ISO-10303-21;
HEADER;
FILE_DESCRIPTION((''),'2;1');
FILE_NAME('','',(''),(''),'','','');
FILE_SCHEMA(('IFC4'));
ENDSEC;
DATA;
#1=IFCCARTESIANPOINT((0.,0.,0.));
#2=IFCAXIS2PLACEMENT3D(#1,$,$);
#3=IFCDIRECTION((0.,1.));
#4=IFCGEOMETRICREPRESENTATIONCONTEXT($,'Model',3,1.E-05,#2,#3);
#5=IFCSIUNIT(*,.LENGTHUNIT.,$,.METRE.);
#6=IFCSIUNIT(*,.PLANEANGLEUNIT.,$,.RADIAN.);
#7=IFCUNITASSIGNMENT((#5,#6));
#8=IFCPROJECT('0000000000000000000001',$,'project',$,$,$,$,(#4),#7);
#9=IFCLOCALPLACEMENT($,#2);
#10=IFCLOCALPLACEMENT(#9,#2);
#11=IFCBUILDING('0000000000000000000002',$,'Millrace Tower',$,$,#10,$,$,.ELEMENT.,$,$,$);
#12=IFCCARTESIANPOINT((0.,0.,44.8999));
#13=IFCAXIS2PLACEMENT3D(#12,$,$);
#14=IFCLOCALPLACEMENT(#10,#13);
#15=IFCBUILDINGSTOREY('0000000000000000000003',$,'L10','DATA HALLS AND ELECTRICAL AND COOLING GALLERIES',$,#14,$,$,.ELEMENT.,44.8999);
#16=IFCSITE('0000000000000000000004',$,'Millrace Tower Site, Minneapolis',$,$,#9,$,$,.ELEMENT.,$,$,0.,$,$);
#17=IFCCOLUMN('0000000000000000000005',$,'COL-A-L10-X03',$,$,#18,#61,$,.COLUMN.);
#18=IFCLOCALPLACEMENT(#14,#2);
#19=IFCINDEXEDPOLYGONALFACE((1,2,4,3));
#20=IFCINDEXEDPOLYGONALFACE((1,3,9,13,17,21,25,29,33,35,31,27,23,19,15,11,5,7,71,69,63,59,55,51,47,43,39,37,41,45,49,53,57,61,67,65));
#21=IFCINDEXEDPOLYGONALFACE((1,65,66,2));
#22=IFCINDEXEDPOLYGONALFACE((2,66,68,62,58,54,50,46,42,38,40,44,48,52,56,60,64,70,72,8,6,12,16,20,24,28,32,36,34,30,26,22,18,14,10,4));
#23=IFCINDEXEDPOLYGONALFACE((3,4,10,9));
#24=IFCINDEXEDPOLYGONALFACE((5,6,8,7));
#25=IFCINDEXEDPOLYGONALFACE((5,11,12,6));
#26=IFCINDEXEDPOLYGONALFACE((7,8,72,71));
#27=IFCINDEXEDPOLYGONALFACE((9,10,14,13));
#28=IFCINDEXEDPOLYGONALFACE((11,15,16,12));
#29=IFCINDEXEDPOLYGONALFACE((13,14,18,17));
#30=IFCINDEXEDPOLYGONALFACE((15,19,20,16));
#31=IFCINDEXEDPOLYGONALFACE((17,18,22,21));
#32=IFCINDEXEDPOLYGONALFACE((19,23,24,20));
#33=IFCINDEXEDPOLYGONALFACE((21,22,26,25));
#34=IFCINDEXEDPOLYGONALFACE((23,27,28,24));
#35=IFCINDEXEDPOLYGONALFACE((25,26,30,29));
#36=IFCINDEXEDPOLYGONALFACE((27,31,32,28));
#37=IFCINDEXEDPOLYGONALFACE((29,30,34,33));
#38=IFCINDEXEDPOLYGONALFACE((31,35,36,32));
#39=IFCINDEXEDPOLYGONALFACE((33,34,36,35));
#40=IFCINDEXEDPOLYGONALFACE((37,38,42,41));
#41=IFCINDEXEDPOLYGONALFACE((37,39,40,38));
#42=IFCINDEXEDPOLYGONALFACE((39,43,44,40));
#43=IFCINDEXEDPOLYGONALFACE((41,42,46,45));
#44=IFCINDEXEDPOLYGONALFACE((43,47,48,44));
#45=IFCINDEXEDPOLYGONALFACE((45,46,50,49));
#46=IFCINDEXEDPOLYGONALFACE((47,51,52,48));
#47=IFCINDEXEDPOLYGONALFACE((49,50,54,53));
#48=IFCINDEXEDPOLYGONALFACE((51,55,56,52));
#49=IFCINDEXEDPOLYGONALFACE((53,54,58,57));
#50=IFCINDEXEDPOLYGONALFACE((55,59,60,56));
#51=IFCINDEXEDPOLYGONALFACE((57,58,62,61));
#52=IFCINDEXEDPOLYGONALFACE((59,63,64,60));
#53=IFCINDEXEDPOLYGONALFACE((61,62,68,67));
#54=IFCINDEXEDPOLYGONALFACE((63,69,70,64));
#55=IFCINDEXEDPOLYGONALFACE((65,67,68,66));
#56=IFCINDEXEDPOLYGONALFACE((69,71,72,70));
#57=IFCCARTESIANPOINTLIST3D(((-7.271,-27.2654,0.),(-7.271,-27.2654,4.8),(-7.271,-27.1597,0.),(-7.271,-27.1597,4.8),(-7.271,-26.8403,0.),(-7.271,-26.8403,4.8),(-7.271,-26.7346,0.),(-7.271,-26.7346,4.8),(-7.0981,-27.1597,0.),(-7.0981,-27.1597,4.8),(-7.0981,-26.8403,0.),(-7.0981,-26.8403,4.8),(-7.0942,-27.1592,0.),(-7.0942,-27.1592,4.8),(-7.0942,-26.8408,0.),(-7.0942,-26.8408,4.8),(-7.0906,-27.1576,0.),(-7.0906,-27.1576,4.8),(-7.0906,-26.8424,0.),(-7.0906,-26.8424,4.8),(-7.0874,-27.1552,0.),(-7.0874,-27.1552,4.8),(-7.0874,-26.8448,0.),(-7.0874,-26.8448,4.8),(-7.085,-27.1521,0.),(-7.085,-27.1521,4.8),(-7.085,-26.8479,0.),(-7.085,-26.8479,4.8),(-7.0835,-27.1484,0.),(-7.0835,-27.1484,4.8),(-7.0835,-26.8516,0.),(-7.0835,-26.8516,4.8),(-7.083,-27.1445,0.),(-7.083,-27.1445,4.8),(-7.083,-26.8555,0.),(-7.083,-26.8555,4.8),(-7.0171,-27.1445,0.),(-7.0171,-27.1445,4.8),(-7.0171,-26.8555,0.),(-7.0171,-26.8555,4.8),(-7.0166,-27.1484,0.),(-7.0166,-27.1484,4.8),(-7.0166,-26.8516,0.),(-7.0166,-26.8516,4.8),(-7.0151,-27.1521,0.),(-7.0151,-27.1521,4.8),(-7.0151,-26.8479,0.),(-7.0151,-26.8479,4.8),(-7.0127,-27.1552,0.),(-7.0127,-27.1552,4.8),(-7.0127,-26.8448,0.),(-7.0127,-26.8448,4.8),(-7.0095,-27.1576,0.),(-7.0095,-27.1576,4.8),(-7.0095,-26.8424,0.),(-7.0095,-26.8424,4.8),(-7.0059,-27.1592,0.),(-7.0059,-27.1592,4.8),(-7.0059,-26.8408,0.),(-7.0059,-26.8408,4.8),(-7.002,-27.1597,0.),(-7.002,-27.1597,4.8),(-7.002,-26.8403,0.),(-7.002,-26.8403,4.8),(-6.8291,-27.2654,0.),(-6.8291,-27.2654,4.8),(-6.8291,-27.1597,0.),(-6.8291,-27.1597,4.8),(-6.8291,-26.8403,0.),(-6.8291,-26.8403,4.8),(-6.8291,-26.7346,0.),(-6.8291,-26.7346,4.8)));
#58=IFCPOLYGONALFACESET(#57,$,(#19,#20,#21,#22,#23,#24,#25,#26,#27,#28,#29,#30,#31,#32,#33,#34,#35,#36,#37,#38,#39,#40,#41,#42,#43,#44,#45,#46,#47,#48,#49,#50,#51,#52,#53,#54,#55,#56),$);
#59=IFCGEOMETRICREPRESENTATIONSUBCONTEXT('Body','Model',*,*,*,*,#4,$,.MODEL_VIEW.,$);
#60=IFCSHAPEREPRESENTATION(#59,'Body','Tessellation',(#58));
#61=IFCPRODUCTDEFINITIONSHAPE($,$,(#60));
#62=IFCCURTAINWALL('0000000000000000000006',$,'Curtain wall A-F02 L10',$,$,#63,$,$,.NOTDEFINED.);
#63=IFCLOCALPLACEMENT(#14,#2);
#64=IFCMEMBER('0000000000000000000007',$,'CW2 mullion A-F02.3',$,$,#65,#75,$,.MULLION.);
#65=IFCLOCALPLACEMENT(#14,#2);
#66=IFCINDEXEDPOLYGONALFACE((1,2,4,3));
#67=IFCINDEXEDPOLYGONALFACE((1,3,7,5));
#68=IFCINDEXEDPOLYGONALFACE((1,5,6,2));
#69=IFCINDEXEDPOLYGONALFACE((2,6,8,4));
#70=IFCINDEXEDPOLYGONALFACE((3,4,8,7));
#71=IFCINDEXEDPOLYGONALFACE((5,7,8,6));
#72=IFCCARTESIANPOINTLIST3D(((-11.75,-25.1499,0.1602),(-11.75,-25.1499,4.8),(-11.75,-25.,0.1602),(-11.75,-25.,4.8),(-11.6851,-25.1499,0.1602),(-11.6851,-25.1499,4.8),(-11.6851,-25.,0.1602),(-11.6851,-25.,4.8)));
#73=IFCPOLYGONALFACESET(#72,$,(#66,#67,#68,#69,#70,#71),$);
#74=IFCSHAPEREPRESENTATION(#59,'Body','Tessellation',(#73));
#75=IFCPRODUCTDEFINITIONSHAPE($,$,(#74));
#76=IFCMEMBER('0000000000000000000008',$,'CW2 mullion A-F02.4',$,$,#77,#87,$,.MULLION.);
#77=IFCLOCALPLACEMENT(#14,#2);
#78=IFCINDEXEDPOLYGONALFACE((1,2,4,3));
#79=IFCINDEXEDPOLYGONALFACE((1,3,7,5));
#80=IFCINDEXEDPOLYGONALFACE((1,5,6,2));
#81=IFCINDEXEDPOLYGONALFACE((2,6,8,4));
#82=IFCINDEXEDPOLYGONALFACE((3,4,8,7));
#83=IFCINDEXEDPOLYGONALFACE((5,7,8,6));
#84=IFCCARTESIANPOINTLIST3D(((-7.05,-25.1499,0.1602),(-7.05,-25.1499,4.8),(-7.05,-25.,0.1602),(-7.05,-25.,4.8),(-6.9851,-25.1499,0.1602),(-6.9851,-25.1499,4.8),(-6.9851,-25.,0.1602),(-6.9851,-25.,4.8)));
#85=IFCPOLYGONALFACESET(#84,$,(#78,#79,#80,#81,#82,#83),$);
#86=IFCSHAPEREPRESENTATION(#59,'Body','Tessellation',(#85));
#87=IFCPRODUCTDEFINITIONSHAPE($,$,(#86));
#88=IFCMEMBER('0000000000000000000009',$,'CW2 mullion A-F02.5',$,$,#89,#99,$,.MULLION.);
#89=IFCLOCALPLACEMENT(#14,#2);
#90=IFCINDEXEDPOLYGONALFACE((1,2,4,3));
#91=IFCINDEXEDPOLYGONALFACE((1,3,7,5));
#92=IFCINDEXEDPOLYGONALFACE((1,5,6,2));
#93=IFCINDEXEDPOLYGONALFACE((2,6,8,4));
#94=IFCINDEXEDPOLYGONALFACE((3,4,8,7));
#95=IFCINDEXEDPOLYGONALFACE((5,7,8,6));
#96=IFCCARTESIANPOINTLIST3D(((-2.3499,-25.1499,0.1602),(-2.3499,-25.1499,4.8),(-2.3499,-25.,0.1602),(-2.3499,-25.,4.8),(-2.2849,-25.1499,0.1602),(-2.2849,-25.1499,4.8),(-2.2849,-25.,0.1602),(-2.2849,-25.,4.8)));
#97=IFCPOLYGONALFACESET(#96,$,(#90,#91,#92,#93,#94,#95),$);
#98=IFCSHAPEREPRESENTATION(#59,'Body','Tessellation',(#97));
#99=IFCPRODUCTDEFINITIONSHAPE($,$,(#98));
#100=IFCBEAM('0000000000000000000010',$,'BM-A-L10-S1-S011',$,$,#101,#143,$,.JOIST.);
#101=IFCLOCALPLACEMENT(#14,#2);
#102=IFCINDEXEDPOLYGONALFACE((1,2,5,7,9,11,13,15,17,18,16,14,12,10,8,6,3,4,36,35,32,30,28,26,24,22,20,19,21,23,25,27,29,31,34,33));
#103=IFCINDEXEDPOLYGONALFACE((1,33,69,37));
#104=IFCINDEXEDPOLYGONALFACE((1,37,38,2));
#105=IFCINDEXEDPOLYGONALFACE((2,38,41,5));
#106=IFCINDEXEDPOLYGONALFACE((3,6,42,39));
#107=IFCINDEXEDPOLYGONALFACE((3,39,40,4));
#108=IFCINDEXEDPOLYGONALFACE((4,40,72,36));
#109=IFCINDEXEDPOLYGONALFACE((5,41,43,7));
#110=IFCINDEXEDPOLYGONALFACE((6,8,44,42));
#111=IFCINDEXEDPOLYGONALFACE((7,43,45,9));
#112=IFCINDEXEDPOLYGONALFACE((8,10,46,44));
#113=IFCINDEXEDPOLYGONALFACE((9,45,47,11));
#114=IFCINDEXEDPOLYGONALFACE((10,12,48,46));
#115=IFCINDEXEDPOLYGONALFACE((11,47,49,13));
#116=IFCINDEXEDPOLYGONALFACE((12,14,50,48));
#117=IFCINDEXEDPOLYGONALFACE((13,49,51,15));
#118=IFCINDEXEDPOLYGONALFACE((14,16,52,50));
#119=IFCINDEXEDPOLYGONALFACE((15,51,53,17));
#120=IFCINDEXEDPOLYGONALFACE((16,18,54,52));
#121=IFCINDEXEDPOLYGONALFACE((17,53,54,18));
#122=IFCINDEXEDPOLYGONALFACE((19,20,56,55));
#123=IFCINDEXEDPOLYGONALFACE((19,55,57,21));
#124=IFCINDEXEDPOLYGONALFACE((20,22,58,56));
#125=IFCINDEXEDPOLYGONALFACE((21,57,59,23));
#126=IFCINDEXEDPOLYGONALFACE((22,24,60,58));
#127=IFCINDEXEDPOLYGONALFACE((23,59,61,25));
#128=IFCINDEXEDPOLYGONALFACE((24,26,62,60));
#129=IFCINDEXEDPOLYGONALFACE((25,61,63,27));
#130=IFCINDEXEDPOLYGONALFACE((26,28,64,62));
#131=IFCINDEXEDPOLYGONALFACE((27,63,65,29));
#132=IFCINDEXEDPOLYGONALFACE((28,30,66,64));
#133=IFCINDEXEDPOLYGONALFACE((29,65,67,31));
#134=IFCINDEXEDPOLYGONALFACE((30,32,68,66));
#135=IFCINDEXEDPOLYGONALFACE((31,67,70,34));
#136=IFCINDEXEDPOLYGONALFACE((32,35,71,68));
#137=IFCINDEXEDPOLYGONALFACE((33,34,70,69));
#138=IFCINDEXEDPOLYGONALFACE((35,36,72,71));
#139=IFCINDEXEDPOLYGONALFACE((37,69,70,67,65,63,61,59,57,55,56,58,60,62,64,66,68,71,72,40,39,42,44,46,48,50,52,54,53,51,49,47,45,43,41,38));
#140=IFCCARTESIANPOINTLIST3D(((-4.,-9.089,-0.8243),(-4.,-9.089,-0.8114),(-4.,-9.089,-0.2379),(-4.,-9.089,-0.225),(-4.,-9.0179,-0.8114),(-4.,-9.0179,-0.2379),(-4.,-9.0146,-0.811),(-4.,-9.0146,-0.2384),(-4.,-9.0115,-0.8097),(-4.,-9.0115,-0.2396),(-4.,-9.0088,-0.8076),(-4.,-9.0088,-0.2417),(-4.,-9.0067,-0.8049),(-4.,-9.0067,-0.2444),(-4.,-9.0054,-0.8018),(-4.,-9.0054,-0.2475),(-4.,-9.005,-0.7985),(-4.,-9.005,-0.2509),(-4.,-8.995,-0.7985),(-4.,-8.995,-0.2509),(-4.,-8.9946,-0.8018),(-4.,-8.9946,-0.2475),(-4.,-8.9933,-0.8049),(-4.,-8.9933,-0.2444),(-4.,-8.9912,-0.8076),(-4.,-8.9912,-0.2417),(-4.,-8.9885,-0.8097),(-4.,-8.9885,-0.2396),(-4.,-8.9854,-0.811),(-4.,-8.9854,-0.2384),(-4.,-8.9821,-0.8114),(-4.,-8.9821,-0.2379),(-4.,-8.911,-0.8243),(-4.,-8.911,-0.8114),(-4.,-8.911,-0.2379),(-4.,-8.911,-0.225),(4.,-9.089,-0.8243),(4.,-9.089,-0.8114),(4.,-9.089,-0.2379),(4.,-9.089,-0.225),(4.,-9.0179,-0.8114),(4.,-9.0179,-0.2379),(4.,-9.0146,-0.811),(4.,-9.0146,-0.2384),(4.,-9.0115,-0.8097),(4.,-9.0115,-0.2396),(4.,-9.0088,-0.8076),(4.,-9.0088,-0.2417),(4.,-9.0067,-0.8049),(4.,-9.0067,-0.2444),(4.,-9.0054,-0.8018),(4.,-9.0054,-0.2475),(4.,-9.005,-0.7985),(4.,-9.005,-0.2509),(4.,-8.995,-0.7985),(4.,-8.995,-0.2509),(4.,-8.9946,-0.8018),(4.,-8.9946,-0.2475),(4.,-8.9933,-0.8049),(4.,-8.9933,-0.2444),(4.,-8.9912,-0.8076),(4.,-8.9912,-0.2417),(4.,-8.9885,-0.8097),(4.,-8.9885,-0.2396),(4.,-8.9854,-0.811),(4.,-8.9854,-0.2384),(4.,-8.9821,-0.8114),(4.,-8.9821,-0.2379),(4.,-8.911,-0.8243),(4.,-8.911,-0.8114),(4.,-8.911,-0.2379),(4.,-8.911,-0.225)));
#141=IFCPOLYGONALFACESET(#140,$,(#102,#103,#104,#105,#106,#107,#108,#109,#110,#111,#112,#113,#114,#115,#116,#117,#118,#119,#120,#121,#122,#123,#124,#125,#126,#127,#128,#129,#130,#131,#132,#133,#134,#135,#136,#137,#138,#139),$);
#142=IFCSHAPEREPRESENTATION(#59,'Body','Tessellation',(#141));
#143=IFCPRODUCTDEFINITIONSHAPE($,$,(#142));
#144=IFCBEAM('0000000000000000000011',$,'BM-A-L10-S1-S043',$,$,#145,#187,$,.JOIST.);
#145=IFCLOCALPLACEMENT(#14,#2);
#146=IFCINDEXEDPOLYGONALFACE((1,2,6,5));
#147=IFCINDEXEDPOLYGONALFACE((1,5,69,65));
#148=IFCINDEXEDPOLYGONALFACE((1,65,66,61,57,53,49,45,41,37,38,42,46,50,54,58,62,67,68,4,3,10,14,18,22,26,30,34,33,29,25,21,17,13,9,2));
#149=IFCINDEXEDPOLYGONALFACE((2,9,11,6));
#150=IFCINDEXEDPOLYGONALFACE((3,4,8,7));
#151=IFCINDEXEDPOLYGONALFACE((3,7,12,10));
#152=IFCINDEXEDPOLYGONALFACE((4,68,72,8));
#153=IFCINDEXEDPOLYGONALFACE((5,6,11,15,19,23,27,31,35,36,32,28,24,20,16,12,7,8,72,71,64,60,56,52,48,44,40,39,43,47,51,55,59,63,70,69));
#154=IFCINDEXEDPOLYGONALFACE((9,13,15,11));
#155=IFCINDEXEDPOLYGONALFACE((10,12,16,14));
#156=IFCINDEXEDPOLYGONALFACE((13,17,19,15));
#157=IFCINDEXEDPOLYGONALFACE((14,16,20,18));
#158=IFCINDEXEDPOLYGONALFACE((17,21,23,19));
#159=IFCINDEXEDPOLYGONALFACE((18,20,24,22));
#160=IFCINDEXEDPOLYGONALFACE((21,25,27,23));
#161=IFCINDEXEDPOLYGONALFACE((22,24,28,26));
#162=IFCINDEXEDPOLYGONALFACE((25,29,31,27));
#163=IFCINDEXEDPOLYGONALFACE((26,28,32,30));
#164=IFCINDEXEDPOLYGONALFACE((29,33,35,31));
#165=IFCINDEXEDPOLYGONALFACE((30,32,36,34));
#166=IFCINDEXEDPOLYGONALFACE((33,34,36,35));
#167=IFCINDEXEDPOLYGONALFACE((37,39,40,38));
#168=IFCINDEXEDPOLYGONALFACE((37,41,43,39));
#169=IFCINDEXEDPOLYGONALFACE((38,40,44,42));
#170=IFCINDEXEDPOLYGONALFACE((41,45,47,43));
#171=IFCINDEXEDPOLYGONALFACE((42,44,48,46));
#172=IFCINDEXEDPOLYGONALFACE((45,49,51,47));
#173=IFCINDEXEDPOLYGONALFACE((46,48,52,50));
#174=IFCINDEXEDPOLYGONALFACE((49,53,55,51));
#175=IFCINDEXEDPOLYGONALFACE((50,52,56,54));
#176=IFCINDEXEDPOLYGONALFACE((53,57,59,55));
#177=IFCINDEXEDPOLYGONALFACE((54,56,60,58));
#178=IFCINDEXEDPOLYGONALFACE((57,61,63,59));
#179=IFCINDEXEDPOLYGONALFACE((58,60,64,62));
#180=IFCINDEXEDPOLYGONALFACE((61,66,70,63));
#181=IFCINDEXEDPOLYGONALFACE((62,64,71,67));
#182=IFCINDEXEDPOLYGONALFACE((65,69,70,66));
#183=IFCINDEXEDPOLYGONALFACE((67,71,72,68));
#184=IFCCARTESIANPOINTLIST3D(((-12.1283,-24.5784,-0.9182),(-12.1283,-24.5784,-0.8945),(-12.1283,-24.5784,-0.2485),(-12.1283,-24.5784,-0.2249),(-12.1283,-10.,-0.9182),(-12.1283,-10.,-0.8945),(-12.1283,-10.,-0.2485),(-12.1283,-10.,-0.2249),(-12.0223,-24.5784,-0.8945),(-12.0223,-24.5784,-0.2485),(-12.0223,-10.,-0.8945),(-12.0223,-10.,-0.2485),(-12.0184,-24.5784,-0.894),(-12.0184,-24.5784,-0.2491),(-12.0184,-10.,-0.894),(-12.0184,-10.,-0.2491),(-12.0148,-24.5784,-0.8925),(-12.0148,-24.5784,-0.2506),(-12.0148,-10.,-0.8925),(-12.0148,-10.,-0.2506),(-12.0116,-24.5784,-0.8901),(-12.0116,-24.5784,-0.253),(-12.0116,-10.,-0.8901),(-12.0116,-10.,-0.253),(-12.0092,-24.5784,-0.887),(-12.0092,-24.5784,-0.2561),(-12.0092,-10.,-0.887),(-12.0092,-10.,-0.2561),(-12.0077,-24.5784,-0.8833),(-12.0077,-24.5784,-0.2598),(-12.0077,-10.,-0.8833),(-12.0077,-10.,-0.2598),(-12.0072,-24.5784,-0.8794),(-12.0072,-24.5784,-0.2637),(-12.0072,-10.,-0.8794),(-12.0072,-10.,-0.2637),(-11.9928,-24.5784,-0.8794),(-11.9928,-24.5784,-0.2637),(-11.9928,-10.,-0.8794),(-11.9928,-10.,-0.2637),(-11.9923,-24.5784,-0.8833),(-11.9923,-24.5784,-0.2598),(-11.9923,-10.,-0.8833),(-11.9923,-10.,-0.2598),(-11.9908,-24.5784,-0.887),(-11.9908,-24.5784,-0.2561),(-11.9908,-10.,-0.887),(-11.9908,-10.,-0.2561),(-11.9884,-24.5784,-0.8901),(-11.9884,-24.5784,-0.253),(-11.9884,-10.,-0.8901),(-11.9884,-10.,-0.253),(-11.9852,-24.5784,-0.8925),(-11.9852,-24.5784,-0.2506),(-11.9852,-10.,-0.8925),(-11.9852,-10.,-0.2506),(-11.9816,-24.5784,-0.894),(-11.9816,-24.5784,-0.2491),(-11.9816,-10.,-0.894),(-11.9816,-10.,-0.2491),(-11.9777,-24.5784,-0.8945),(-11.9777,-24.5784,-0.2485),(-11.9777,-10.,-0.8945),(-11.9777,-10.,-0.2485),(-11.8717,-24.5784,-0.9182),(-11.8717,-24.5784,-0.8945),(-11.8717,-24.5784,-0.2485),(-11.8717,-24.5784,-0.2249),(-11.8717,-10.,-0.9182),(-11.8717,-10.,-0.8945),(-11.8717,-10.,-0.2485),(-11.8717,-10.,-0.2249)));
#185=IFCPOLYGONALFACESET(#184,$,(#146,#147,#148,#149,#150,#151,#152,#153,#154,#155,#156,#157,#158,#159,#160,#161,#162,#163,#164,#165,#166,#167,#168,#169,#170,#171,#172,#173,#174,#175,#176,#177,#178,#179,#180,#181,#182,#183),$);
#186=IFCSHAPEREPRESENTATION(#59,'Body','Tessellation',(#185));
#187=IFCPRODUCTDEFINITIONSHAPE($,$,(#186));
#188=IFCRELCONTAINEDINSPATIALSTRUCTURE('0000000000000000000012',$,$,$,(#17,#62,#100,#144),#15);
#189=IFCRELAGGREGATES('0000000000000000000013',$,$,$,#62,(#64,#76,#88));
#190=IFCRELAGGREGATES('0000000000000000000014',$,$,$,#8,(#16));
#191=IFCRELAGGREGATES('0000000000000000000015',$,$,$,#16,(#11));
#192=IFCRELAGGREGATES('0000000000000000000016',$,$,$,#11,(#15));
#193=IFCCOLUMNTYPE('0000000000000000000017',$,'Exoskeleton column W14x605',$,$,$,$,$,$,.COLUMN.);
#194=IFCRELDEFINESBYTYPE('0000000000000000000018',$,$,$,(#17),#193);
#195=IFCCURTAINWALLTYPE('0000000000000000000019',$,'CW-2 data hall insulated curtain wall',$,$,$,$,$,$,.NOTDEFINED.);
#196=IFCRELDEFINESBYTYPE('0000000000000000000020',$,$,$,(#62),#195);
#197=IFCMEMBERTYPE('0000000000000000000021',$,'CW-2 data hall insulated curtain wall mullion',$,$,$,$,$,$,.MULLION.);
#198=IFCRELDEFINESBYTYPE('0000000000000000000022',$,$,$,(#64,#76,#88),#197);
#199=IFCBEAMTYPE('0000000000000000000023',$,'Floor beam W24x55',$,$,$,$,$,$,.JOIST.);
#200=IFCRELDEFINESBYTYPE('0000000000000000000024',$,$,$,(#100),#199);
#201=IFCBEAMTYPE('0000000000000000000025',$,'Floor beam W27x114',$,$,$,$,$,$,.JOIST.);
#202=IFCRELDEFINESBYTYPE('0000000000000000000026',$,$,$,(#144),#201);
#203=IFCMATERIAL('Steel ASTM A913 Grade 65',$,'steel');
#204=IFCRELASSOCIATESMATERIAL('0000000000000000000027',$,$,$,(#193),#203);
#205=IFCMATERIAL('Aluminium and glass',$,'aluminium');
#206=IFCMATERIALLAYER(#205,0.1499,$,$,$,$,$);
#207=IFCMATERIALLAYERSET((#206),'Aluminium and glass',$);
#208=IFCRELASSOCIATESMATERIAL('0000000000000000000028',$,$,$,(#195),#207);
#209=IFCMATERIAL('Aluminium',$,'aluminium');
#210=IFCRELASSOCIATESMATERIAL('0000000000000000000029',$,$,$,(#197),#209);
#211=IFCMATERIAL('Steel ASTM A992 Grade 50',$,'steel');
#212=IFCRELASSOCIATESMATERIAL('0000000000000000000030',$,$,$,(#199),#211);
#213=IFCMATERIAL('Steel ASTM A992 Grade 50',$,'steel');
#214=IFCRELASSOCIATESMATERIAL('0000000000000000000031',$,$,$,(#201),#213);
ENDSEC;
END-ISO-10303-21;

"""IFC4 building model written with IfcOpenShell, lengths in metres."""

from ifc_helpers import new_model, si_unit, direction, frame, origin, origin_2d, place, context, subcontext, project, spatial, rectangle, i_section, extrude, material, layer, layer_set, material_profile, profile_set, type_object, element, aggregate, save


model = new_model("IFC4")

# Units and contexts
model_context = context("Model", 3, precision=1e-05, world=origin(), true_north=direction((0.0, 1.0)))
body_context = subcontext(model_context, "Body", "Model", "MODEL_VIEW")
ifc_project = project(units=[si_unit("LENGTHUNIT", "METRE"), si_unit("PLANEANGLEUNIT", "RADIAN")], contexts=[model_context])

# Site, building, storey
site_placement = place(None, origin())
site = spatial("IfcSite", under=ifc_project, at=site_placement, Name="Millrace Tower Site, Minneapolis", CompositionType="ELEMENT", RefElevation=0.0)
building_placement = place(site_placement, origin())
building = spatial("IfcBuilding", under=site, at=building_placement, Name="Millrace Tower", CompositionType="ELEMENT")
storey_placement = place(building_placement, frame((0.0, 0.0, 44.8999)))
storey = spatial("IfcBuildingStorey", under=building, at=storey_placement, Name="L10", Description="DATA HALLS AND ELECTRICAL AND COOLING GALLERIES", CompositionType="ELEMENT", Elevation=44.8999)

# Column
ifc_material_1 = material(Name="Steel ASTM A913 Grade 65", Category="steel")
ifc_material_profile_1 = material_profile(ifc_material_1, i_section(OverallWidth=0.4419, OverallDepth=0.5308, WebThickness=0.0659, FlangeThickness=0.1057, FilletRadius=0.0151, at=origin_2d()))
ifc_profile_set_1 = profile_set([ifc_material_profile_1], Name="Steel ASTM A913 Grade 65")
column_type = type_object("IfcColumnType", Name="Exoskeleton column W14x605", PredefinedType="COLUMN", material=ifc_profile_set_1)
column_placement = place(storey_placement, frame((-7.05, -27.0, 0.0), z_axis=(0.0, 0.0, 1.0), x_axis=(1.0, 0.0, 0.0)))
element("IfcColumn", 1, at=column_placement, inside=storey, type_object=column_type, Name="COL-A-L10-X03", PredefinedType="COLUMN", context=body_context, shape_type="SweptSolid", body=[
    extrude(i_section(OverallWidth=0.4419, OverallDepth=0.5308, WebThickness=0.0659, FlangeThickness=0.1057, FilletRadius=0.0151, at=origin_2d()), origin(), (0.0, 0.0, 1.0), 4.8),
])

# Curtain wall, members
ifc_material_2 = material(Name="Aluminium and glass", Category="aluminium")
ifc_layer_1 = layer(ifc_material_2, 0.1499)
ifc_layer_set_1 = layer_set([ifc_layer_1], Name="Aluminium and glass")
curtain_wall_type = type_object("IfcCurtainWallType", Name="CW-2 data hall insulated curtain wall", PredefinedType="NOTDEFINED", material=ifc_layer_set_1)
curtain_wall_placement = place(storey_placement, origin())
curtain_wall = element("IfcCurtainWall", 2, at=curtain_wall_placement, inside=storey, type_object=curtain_wall_type, Name="Curtain wall A-F02 L10", PredefinedType="NOTDEFINED")
ifc_material_3 = material(Name="Aluminium", Category="aluminium")
ifc_material_profile_2 = material_profile(ifc_material_3, rectangle(XDim=0.0649, YDim=0.1499, at=origin_2d()))
ifc_profile_set_2 = profile_set([ifc_material_profile_2], Name="Aluminium")
member_type = type_object("IfcMemberType", Name="CW-2 data hall insulated curtain wall mullion", PredefinedType="MULLION", material=ifc_profile_set_2)
member_1_placement = place(storey_placement, frame((-11.7175, -25.075, 0.1602), z_axis=(0.0, 0.0, 1.0), x_axis=(1.0, 0.0, 0.0)))
member_1 = element("IfcMember", 3, at=member_1_placement, type_object=member_type, Name="CW2 mullion A-F02.3", PredefinedType="MULLION", context=body_context, shape_type="SweptSolid", body=[
    extrude(rectangle(XDim=0.0649, YDim=0.1499, at=origin_2d()), origin(), (0.0, 0.0, 1.0), 4.6399),
])
member_2_placement = place(storey_placement, frame((-7.0176, -25.075, 0.1602), z_axis=(0.0, 0.0, 1.0), x_axis=(1.0, 0.0, 0.0)))
member_2 = element("IfcMember", 4, at=member_2_placement, type_object=member_type, Name="CW2 mullion A-F02.4", PredefinedType="MULLION", context=body_context, shape_type="SweptSolid", body=[
    extrude(rectangle(XDim=0.0649, YDim=0.1499, at=origin_2d()), origin(), (0.0, 0.0, 1.0), 4.6399),
])
member_3_placement = place(storey_placement, frame((-2.3174, -25.075, 0.1602), z_axis=(0.0, 0.0, 1.0), x_axis=(1.0, 0.0, 0.0)))
member_3 = element("IfcMember", 5, at=member_3_placement, type_object=member_type, Name="CW2 mullion A-F02.5", PredefinedType="MULLION", context=body_context, shape_type="SweptSolid", body=[
    extrude(rectangle(XDim=0.0649, YDim=0.1499, at=origin_2d()), origin(), (0.0, 0.0, 1.0), 4.6399),
])
aggregate(curtain_wall, [member_1, member_2, member_3])

# Beams
ifc_material_4 = material(Name="Steel ASTM A992 Grade 50", Category="steel")
ifc_material_profile_3 = material_profile(ifc_material_4, i_section(OverallWidth=0.178, OverallDepth=0.5994, WebThickness=0.01, FlangeThickness=0.0129, FilletRadius=0.0129, at=origin_2d()))
ifc_profile_set_3 = profile_set([ifc_material_profile_3], Name="Steel ASTM A992 Grade 50")
beam_type_1 = type_object("IfcBeamType", Name="Floor beam W24x55", PredefinedType="JOIST", material=ifc_profile_set_3)
beam_1_placement = place(storey_placement, frame((-4.0, -9.0, -0.5247), z_axis=(1.0, 0.0, 0.0), x_axis=(0.0, 1.0, 0.0)))
element("IfcBeam", 6, at=beam_1_placement, inside=storey, type_object=beam_type_1, Name="BM-A-L10-S1-S011", PredefinedType="JOIST", context=body_context, shape_type="SweptSolid", body=[
    extrude(i_section(OverallWidth=0.178, OverallDepth=0.5994, WebThickness=0.01, FlangeThickness=0.0129, FilletRadius=0.0129, at=origin_2d()), origin(), (0.0, 0.0, 1.0), 8.0),
])
ifc_material_5 = material(Name="Steel ASTM A992 Grade 50", Category="steel")
ifc_material_profile_4 = material_profile(ifc_material_5, i_section(OverallWidth=0.2566, OverallDepth=0.6934, WebThickness=0.0144, FlangeThickness=0.0237, FilletRadius=0.0151, at=origin_2d()))
ifc_profile_set_4 = profile_set([ifc_material_profile_4], Name="Steel ASTM A992 Grade 50")
beam_type_2 = type_object("IfcBeamType", Name="Floor beam W27x114", PredefinedType="JOIST", material=ifc_profile_set_4)
for number, where, z_axis, x_axis, name in (
    (7, (-12.0, -24.5784, -0.5715), (0.0, 1.0, 0.0), (-1.0, 0.0, 0.0), "BM-A-L10-S1-S043"),
):
    element("IfcBeam", number, at=place(storey_placement, frame(where, z_axis=z_axis, x_axis=x_axis)), inside=storey, type_object=beam_type_2, Name=name, PredefinedType="JOIST", context=body_context, shape_type="SweptSolid", body=[
        extrude(i_section(OverallWidth=0.2566, OverallDepth=0.6934, WebThickness=0.0144, FlangeThickness=0.0237, FilletRadius=0.0151, at=origin_2d()), origin(), (0.0, 0.0, 1.0), 14.5784),
    ])

save(model, "model.ifc")
